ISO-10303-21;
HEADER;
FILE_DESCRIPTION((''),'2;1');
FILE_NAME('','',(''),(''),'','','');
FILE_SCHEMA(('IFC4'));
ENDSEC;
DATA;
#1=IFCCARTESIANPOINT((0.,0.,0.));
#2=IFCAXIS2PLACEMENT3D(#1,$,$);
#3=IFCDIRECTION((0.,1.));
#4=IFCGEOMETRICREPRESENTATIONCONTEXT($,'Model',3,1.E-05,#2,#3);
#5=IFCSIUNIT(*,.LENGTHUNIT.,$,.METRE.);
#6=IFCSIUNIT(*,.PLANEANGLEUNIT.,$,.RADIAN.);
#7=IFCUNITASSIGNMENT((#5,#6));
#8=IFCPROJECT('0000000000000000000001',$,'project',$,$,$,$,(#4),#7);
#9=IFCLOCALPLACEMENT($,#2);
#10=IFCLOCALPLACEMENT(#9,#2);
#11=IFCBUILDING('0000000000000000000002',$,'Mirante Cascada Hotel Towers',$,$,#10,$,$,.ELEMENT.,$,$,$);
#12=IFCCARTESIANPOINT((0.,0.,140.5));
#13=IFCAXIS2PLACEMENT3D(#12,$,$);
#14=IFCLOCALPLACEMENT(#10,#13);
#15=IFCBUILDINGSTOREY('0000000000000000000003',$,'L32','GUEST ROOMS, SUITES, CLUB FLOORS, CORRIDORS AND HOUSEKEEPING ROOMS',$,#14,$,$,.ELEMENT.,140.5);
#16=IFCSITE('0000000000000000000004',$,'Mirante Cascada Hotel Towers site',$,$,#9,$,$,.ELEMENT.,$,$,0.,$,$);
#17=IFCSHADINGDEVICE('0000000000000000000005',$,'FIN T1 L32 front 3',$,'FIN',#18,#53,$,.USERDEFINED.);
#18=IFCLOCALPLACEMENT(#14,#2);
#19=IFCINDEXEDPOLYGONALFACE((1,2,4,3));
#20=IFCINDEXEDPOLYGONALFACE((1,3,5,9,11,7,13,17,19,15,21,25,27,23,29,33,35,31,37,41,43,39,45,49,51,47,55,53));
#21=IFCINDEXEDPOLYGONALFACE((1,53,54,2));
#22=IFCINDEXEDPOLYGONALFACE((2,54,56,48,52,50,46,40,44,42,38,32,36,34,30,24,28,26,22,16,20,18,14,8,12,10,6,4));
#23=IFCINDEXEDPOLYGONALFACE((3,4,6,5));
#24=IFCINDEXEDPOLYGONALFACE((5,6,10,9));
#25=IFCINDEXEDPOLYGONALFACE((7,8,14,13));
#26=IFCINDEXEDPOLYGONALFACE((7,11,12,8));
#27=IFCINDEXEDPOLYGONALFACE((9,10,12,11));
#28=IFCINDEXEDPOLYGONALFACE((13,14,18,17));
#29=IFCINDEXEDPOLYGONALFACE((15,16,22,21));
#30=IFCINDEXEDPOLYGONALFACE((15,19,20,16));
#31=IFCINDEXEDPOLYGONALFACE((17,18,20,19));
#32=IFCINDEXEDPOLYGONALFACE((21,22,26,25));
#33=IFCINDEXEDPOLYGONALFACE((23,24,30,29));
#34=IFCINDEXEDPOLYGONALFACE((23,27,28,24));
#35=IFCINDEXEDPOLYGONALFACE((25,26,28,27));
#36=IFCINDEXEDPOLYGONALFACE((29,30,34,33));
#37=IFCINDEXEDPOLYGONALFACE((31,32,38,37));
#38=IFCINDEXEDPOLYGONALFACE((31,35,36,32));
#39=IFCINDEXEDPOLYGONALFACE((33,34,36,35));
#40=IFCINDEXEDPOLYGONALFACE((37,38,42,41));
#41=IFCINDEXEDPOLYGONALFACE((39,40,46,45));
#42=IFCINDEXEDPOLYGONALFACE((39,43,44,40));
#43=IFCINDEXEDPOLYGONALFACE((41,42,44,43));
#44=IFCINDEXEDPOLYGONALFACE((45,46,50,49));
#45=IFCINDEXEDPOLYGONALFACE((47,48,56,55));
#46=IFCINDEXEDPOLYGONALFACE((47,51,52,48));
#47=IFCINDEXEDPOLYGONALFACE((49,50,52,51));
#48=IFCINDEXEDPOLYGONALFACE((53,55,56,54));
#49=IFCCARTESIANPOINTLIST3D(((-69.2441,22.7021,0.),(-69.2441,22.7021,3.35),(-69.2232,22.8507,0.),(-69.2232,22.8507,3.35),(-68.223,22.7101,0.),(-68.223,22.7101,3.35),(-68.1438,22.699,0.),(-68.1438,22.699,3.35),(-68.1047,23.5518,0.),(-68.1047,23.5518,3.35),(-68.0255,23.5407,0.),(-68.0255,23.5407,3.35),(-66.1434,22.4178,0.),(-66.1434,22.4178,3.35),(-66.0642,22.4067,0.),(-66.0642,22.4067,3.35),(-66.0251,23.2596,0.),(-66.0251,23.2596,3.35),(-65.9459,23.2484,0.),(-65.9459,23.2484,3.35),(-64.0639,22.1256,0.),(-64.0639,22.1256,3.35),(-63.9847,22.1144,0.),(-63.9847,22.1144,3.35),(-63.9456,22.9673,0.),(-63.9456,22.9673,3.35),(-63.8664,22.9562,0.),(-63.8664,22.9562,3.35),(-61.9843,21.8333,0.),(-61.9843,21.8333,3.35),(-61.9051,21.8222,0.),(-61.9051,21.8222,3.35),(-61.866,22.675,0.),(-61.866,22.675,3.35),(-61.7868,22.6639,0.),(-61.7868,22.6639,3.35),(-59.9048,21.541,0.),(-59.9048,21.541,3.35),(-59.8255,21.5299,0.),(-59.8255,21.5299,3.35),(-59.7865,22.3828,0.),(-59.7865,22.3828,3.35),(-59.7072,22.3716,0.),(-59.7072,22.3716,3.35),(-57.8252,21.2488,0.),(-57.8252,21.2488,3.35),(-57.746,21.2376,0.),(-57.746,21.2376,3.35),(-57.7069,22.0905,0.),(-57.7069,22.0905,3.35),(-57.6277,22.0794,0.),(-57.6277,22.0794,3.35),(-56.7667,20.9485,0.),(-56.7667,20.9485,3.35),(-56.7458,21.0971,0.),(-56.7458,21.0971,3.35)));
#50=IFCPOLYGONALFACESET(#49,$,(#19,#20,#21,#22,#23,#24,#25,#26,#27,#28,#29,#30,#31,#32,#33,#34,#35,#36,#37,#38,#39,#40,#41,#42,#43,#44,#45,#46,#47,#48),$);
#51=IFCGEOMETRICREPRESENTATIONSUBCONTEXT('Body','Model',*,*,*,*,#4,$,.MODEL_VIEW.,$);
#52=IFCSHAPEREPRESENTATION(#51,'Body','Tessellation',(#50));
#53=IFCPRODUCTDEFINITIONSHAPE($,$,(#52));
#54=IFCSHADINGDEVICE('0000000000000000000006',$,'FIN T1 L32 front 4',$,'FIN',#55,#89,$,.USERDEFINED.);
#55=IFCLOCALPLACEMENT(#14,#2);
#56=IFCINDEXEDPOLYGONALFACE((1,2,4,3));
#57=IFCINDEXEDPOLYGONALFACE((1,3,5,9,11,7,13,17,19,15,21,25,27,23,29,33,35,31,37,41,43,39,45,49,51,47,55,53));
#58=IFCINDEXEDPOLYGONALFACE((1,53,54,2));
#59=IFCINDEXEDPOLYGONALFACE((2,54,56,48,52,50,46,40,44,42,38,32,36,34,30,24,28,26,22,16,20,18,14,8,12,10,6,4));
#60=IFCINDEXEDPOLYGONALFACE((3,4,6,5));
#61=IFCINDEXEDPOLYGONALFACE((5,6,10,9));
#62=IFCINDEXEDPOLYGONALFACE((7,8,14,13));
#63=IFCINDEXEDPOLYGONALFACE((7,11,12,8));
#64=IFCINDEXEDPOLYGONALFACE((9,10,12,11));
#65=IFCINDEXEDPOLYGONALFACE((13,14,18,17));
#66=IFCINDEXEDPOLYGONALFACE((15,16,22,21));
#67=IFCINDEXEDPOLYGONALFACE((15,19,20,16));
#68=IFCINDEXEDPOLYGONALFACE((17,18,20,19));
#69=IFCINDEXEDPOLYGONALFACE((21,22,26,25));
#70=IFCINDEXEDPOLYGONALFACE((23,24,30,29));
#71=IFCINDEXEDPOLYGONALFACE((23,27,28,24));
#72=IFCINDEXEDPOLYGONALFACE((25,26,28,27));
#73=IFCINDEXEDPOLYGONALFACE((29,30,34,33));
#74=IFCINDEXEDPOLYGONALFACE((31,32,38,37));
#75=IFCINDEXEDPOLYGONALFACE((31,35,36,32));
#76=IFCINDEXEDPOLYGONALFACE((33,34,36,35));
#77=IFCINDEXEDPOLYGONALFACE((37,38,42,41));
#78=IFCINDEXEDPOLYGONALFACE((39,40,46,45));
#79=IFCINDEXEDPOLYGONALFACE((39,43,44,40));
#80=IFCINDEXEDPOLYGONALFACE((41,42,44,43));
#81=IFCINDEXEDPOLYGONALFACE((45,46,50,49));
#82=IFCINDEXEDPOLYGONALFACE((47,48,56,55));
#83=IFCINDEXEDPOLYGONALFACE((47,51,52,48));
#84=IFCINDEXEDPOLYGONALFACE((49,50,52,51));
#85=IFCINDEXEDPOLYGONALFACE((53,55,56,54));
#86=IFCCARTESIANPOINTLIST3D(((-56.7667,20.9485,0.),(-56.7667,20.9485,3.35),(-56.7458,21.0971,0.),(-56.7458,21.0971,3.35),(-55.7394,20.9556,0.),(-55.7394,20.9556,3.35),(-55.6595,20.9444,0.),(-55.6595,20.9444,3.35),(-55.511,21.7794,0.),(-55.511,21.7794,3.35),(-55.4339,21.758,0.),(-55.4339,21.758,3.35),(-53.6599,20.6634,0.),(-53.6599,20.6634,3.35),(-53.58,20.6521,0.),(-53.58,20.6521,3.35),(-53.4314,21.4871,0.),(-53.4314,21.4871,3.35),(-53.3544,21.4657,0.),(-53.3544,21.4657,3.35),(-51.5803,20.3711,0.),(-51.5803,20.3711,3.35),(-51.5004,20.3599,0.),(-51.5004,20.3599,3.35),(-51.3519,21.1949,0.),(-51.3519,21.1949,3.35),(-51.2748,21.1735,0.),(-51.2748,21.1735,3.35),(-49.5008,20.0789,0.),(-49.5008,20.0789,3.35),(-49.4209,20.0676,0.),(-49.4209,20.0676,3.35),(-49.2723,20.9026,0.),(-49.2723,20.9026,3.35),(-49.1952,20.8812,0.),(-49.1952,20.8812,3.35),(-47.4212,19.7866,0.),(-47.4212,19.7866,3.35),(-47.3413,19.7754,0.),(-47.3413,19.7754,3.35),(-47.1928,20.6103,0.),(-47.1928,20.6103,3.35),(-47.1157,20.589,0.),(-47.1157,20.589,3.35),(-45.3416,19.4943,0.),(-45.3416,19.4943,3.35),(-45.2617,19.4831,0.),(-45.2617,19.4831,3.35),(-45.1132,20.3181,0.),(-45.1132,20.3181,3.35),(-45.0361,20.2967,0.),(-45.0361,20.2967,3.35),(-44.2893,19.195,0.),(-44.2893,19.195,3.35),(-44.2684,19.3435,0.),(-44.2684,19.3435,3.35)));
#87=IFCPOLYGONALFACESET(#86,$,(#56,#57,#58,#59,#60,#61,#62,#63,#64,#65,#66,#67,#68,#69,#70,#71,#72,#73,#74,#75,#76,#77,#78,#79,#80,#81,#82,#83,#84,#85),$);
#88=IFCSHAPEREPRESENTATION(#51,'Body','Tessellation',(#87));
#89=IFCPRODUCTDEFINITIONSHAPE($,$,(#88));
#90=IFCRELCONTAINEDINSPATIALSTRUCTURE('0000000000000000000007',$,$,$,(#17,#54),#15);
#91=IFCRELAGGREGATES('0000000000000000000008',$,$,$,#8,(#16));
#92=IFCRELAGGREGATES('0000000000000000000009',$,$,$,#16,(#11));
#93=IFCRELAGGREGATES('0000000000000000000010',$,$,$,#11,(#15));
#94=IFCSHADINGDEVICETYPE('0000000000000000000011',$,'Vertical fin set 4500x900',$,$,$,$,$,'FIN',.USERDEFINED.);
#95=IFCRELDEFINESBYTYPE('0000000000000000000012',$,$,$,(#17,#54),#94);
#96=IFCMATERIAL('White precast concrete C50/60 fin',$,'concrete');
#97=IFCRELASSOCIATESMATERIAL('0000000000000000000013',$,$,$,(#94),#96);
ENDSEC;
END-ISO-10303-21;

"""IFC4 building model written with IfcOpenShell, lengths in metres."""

from ifc_helpers import new_model, si_unit, direction, frame, origin, place, context, subcontext, project, spatial, polyline, outline, extrude, material, type_object, element, save


model = new_model("IFC4")

# Units and contexts
model_context = context("Model", 3, precision=1e-05, world=origin(), true_north=direction((0.0, 1.0)))
body_context = subcontext(model_context, "Body", "Model", "MODEL_VIEW")
ifc_project = project(units=[si_unit("LENGTHUNIT", "METRE"), si_unit("PLANEANGLEUNIT", "RADIAN")], contexts=[model_context])

# Site, building, storey
site_placement = place(None, origin())
site = spatial("IfcSite", under=ifc_project, at=site_placement, Name="Mirante Cascada Hotel Towers site", CompositionType="ELEMENT", RefElevation=0.0)
building_placement = place(site_placement, origin())
building = spatial("IfcBuilding", under=site, at=building_placement, Name="Mirante Cascada Hotel Towers", CompositionType="ELEMENT")
storey_placement = place(building_placement, frame((0.0, 0.0, 140.5)))
storey = spatial("IfcBuildingStorey", under=building, at=storey_placement, Name="L32", Description="GUEST ROOMS, SUITES, CLUB FLOORS, CORRIDORS AND HOUSEKEEPING ROOMS", CompositionType="ELEMENT", Elevation=140.5)

# Shading devices
ifc_material_1 = material(Name="White precast concrete C50/60 fin", Category="concrete")
shading_device_type = type_object("IfcShadingDeviceType", Name="Vertical fin set 4500x900", ElementType="FIN", PredefinedType="USERDEFINED", material=ifc_material_1)
shading_device_1_placement = place(storey_placement, origin())
element("IfcShadingDevice", 1, at=shading_device_1_placement, inside=storey, type_object=shading_device_type, Name="FIN T1 L32 front 3", ObjectType="FIN", PredefinedType="USERDEFINED", context=body_context, shape_type="SweptSolid", body=[
    extrude(outline(polyline([(-57.6277, 22.0794), (-57.746, 21.2376), (-56.7458, 21.0971), (-56.7667, 20.9485), (-69.2441, 22.7021), (-69.2232, 22.8507), (-68.223, 22.7101), (-68.1047, 23.5518), (-68.0255, 23.5407), (-68.1438, 22.699), (-66.1434, 22.4178), (-66.0251, 23.2596), (-65.9459, 23.2484), (-66.0642, 22.4067), (-64.0639, 22.1256), (-63.9456, 22.9673), (-63.8664, 22.9562), (-63.9847, 22.1144), (-61.9843, 21.8333), (-61.866, 22.675), (-61.7868, 22.6639), (-61.9051, 21.8222), (-59.9048, 21.541), (-59.7865, 22.3828), (-59.7072, 22.3716), (-59.8255, 21.5299), (-57.8252, 21.2488), (-57.7069, 22.0905), (-57.6277, 22.0794)])), origin(), (0.0, 0.0, 1.0), 3.35),
])
shading_device_2_placement = place(storey_placement, origin())
element("IfcShadingDevice", 2, at=shading_device_2_placement, inside=storey, type_object=shading_device_type, Name="FIN T1 L32 front 4", ObjectType="FIN", PredefinedType="USERDEFINED", context=body_context, shape_type="SweptSolid", body=[
    extrude(outline(polyline([(-45.0361, 20.2967), (-45.2617, 19.4831), (-44.2684, 19.3435), (-44.2893, 19.195), (-56.7667, 20.9485), (-56.7458, 21.0971), (-55.7394, 20.9556), (-55.511, 21.7794), (-55.4339, 21.758), (-55.6595, 20.9444), (-53.6599, 20.6634), (-53.4314, 21.4871), (-53.3544, 21.4657), (-53.58, 20.6521), (-51.5803, 20.3711), (-51.3519, 21.1949), (-51.2748, 21.1735), (-51.5004, 20.3599), (-49.5008, 20.0789), (-49.2723, 20.9026), (-49.1952, 20.8812), (-49.4209, 20.0676), (-47.4212, 19.7866), (-47.1928, 20.6103), (-47.1157, 20.589), (-47.3413, 19.7754), (-45.3416, 19.4943), (-45.1132, 20.3181), (-45.0361, 20.2967)])), origin(), (0.0, 0.0, 1.0), 3.35),
])

save(model, "model.ifc")
